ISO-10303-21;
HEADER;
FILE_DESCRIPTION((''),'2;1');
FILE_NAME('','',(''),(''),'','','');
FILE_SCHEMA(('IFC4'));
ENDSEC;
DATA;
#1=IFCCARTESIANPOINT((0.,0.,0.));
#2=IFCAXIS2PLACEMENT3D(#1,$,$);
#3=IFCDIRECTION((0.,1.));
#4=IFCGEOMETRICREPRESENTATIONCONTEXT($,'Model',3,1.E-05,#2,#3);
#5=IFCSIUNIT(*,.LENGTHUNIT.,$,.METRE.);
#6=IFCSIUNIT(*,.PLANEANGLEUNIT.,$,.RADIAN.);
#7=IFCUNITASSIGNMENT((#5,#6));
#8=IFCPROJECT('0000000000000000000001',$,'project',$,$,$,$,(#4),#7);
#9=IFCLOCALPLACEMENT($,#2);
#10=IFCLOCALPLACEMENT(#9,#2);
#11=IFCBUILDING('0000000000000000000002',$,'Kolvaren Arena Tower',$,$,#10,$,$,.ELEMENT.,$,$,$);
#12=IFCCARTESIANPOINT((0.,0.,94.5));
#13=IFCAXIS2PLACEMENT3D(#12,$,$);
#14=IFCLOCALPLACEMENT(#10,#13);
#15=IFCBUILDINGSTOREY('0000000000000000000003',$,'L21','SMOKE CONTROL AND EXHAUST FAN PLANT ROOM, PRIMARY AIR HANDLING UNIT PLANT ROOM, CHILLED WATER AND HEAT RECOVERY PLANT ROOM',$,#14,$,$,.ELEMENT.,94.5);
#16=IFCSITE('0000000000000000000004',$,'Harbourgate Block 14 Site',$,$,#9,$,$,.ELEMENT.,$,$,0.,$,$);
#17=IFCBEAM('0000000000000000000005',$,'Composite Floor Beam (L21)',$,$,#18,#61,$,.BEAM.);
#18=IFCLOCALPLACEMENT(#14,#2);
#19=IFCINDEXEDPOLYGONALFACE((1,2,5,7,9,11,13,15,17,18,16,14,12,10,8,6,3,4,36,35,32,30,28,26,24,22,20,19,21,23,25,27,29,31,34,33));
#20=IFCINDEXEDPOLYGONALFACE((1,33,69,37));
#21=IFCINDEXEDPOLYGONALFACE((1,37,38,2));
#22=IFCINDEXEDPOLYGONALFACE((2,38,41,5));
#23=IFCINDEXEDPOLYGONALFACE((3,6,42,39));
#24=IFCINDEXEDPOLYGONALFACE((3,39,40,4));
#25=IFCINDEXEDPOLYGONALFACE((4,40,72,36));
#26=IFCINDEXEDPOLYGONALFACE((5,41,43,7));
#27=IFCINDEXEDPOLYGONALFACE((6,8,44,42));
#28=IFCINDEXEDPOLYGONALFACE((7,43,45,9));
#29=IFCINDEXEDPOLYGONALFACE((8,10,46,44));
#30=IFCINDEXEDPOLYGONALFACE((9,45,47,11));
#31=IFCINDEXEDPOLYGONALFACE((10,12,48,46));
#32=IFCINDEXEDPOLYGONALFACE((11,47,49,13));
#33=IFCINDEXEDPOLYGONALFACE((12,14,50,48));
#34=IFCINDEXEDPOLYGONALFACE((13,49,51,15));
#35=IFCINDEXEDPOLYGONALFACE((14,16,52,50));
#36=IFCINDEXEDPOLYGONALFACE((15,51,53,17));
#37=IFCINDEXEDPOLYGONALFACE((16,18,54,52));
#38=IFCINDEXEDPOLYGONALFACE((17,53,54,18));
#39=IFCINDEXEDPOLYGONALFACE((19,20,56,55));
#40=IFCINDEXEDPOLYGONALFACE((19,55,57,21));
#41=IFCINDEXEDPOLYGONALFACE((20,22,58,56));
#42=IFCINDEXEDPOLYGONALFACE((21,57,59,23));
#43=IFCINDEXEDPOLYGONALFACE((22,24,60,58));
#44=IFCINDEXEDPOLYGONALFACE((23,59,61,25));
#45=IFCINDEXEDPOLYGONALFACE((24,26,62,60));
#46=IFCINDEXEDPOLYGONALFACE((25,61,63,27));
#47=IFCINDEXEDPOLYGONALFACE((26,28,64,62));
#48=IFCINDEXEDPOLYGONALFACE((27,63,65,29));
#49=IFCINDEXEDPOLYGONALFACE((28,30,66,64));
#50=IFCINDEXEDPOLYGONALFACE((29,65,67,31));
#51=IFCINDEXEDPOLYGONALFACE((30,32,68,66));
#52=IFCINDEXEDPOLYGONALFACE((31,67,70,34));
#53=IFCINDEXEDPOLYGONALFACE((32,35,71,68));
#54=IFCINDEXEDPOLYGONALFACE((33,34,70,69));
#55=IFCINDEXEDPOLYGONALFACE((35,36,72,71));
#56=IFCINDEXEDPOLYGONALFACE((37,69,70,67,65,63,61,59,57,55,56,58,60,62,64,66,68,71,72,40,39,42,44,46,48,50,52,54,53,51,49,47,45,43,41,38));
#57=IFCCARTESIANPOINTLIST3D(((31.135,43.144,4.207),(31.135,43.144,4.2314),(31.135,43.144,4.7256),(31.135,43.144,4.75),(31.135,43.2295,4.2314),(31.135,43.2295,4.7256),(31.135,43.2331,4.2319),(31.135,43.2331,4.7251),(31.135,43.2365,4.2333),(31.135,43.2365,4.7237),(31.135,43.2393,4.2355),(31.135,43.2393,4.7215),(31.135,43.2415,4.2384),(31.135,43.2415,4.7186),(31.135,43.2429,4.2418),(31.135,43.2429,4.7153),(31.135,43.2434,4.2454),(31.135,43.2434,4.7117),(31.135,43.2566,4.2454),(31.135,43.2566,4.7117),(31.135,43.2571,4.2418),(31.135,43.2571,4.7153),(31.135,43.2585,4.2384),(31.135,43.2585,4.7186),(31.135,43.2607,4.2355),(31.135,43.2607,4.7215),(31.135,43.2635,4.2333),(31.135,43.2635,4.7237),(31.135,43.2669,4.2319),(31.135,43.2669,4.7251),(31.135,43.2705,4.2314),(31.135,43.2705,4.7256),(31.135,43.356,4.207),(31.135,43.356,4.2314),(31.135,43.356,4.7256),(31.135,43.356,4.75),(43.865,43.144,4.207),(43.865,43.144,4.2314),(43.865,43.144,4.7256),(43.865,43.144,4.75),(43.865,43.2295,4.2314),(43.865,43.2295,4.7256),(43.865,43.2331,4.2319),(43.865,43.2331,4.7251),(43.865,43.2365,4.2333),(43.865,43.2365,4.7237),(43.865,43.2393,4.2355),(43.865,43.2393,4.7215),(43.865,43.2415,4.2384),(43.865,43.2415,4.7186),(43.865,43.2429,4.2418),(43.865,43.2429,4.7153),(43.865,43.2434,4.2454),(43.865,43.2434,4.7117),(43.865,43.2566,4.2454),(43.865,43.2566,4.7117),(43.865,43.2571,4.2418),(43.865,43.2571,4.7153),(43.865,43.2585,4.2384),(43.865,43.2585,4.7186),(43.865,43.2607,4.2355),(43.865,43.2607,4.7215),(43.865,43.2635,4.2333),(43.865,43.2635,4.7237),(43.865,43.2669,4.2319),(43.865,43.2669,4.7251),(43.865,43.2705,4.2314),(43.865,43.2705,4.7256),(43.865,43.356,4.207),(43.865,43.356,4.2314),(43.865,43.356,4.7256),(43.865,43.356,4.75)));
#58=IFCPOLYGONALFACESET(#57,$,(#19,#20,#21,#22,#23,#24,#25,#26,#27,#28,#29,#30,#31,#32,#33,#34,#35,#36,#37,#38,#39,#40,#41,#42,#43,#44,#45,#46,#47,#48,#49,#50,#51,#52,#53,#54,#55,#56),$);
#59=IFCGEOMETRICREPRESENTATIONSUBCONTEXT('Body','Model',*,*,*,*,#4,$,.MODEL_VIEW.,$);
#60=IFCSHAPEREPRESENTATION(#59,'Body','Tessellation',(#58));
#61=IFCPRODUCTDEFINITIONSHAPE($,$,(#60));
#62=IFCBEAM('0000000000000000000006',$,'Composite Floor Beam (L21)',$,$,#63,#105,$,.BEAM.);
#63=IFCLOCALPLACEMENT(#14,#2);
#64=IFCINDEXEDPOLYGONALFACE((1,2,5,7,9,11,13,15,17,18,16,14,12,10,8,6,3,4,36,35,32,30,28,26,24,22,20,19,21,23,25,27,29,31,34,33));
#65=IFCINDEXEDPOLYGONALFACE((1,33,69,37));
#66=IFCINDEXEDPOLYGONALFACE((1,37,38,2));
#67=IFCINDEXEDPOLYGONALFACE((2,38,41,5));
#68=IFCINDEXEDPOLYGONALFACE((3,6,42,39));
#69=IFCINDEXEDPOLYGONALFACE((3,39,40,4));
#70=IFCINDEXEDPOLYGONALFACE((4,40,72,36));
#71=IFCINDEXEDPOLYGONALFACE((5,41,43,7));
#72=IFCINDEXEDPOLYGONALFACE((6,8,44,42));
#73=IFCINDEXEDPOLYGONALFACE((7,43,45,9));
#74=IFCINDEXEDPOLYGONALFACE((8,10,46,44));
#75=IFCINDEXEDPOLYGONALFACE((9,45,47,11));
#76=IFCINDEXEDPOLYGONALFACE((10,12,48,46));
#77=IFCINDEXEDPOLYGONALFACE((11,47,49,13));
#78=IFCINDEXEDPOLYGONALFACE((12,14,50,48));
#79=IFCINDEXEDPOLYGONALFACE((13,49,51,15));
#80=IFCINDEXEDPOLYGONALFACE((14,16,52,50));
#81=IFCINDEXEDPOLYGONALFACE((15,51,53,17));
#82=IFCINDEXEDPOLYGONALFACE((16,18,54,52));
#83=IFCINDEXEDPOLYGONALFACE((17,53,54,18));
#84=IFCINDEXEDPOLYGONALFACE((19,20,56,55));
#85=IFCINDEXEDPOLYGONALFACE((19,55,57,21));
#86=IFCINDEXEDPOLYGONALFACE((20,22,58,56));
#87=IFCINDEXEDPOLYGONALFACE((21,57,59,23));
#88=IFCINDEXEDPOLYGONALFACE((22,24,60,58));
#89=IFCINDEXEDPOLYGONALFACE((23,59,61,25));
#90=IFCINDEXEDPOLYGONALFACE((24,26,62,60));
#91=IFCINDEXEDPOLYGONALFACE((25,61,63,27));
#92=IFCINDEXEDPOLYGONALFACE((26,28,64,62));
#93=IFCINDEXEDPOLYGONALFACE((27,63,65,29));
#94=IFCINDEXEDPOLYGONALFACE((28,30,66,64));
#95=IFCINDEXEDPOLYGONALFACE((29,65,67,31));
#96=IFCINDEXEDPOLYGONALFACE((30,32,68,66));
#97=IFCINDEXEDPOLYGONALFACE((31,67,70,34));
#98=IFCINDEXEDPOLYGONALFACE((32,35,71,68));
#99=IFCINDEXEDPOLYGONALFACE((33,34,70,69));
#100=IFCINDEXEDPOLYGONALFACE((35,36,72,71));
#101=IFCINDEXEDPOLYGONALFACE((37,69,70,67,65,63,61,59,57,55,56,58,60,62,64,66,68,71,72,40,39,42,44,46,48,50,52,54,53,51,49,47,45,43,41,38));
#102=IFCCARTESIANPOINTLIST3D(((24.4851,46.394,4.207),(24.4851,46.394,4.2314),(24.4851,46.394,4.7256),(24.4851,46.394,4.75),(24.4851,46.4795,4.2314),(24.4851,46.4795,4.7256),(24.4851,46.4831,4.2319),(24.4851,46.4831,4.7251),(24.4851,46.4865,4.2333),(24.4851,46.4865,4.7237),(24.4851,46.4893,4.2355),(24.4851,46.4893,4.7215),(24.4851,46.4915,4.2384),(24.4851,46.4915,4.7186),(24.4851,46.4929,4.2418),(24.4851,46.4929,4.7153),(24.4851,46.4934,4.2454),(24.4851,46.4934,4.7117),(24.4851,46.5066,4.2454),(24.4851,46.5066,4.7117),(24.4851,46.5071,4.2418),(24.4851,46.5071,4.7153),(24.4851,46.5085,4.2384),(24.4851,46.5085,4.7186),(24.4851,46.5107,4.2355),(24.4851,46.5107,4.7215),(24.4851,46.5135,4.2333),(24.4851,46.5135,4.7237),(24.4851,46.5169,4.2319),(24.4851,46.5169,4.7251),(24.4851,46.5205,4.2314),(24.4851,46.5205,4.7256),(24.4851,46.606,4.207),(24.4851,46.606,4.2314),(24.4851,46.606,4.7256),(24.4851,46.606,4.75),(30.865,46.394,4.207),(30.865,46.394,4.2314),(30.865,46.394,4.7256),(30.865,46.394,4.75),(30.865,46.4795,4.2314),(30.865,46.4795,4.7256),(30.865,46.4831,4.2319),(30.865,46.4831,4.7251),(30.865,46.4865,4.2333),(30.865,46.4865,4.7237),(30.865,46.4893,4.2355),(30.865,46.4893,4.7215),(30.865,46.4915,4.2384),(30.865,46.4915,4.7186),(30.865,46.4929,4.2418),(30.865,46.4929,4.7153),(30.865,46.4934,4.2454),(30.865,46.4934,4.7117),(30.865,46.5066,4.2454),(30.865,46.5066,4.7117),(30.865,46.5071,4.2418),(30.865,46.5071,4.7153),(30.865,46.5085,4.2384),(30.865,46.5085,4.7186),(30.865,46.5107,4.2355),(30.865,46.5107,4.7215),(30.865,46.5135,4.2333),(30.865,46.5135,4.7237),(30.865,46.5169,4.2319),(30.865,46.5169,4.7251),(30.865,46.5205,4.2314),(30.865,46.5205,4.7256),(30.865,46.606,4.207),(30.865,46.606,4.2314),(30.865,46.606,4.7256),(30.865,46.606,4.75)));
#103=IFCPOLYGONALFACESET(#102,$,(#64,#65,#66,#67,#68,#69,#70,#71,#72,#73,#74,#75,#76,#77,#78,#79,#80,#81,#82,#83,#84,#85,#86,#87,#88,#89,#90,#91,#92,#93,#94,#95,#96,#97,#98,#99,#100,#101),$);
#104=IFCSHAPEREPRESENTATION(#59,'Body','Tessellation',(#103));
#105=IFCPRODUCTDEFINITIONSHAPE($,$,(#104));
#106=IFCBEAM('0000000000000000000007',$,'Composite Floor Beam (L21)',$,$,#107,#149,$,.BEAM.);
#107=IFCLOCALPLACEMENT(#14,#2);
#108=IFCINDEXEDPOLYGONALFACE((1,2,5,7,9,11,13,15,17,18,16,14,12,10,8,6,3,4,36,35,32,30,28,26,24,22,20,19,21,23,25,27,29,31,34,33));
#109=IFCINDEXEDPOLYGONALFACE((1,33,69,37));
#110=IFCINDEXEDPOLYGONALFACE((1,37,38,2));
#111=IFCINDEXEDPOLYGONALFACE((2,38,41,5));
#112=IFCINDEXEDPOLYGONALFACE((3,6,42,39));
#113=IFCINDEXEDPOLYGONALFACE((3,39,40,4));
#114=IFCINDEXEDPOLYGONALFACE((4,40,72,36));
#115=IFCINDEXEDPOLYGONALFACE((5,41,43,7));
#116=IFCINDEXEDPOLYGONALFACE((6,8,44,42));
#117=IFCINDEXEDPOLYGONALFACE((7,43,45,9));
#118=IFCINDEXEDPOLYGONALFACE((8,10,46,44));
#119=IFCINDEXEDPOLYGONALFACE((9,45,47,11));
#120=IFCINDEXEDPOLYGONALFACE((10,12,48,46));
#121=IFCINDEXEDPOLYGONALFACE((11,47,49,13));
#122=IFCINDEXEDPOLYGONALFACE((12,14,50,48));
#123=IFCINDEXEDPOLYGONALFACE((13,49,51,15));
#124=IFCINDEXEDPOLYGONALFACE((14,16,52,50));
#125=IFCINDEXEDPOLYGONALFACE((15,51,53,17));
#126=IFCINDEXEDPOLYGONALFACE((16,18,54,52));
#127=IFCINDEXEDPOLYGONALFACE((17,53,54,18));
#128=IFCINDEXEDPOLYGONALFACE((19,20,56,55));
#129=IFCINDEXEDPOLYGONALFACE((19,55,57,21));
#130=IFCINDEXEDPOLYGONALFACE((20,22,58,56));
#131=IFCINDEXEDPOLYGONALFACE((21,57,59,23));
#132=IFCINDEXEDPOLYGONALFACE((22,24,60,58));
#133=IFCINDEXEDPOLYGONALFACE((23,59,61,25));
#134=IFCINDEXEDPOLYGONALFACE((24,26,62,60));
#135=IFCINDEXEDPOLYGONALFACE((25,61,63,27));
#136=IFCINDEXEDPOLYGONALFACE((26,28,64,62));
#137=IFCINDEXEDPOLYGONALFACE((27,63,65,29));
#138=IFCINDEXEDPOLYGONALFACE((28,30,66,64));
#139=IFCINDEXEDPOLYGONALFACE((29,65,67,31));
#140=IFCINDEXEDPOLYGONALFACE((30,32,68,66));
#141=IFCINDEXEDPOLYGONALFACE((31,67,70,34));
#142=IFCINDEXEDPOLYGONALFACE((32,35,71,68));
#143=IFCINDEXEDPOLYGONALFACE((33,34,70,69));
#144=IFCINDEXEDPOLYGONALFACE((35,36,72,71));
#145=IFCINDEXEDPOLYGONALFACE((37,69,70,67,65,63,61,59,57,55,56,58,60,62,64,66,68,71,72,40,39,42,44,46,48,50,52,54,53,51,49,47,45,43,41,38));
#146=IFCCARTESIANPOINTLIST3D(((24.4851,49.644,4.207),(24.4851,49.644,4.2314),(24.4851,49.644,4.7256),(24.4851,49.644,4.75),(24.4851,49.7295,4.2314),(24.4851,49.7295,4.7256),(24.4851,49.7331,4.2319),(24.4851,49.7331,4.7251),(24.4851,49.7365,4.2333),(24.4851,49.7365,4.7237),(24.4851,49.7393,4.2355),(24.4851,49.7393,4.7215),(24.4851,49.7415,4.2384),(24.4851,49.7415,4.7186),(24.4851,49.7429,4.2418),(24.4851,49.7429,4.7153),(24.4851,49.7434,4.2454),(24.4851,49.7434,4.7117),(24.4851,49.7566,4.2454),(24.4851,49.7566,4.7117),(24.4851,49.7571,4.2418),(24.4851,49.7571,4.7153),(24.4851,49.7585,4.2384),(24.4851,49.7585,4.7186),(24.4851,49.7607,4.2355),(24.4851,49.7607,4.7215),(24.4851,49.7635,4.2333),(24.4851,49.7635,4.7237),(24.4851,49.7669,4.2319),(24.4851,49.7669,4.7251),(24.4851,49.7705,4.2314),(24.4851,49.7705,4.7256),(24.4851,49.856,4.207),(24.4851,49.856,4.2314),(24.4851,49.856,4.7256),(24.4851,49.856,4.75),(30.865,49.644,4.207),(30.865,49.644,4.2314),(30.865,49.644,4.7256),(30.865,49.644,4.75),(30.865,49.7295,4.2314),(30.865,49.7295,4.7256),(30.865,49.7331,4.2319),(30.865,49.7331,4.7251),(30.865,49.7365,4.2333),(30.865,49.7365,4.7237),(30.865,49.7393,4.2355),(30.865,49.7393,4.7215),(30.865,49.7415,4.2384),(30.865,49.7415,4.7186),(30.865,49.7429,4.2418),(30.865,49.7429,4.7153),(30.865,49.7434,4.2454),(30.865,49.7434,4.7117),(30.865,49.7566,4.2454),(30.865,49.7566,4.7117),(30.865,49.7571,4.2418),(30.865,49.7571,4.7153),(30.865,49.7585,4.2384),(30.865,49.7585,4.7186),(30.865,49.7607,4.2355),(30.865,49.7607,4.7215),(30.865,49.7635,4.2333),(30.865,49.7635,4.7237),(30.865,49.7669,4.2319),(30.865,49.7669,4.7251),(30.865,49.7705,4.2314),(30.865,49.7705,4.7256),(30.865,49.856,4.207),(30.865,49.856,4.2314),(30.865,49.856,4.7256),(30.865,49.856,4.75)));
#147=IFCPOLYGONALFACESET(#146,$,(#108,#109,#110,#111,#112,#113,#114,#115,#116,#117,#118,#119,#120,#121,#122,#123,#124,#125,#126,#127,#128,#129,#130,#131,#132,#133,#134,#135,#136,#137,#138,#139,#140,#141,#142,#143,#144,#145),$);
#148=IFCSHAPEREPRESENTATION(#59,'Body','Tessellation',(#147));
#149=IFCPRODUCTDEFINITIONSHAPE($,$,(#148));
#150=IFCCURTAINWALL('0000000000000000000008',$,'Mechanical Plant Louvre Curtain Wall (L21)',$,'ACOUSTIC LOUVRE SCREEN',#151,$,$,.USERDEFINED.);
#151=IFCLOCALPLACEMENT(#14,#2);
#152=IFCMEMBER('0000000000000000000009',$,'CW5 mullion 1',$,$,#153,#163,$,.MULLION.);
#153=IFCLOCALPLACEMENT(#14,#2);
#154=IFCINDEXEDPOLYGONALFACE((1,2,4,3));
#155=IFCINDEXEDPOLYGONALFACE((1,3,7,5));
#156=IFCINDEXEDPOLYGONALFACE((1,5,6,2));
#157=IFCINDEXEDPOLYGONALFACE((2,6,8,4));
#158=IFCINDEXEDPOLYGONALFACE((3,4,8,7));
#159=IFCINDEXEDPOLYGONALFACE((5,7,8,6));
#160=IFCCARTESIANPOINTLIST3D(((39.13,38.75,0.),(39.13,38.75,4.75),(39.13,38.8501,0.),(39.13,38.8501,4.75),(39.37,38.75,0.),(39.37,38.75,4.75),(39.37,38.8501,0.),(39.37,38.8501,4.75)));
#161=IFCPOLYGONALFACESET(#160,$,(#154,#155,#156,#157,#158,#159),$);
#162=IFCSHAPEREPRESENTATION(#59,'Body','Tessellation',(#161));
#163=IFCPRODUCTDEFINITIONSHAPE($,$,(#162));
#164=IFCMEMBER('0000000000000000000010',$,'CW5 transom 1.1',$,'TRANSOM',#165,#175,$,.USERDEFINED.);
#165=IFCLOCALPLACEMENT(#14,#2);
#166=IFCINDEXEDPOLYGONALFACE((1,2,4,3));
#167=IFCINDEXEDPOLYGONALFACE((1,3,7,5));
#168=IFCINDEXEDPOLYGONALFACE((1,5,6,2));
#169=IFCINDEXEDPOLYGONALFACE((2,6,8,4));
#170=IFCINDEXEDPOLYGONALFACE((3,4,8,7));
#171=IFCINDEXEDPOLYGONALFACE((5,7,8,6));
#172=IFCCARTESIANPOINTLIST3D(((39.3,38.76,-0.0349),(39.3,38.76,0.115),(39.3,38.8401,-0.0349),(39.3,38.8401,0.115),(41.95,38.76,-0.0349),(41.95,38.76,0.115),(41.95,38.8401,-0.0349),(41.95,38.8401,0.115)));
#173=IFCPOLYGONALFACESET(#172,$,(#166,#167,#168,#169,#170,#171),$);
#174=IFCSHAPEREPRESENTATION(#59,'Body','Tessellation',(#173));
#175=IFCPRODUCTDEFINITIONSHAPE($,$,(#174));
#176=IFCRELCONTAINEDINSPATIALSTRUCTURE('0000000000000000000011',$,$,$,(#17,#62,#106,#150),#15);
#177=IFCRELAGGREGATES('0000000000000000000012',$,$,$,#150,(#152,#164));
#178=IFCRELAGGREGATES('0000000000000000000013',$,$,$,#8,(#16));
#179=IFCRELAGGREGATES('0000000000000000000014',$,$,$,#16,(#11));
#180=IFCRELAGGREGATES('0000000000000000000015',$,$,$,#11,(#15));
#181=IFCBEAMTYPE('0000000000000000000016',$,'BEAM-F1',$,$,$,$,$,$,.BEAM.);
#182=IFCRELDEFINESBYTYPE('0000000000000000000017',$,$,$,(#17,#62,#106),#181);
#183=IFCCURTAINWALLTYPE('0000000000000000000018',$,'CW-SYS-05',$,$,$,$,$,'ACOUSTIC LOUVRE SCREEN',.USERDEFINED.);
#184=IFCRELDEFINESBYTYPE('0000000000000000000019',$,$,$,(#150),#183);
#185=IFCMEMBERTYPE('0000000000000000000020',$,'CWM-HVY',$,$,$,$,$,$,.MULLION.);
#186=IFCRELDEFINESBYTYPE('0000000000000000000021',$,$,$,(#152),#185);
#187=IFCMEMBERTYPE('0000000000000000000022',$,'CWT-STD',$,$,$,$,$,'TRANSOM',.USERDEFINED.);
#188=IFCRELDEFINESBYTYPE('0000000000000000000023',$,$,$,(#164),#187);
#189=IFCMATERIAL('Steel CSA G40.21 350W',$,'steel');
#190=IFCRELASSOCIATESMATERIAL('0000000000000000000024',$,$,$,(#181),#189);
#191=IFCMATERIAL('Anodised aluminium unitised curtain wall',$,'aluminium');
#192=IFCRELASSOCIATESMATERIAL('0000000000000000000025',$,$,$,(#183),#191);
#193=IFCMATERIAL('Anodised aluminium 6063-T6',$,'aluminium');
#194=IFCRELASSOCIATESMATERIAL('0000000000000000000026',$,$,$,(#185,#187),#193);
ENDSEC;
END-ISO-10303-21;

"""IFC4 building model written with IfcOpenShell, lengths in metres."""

from ifc_helpers import new_model, si_unit, direction, frame, origin, origin_2d, place, context, subcontext, project, spatial, rectangle, i_section, extrude, material, material_profile, profile_set, type_object, element, aggregate, save


model = new_model("IFC4")

# Units and contexts
model_context = context("Model", 3, precision=1e-05, world=origin(), true_north=direction((0.0, 1.0)))
body_context = subcontext(model_context, "Body", "Model", "MODEL_VIEW")
ifc_project = project(units=[si_unit("LENGTHUNIT", "METRE"), si_unit("PLANEANGLEUNIT", "RADIAN")], contexts=[model_context])

# Site, building, storey
site_placement = place(None, origin())
site = spatial("IfcSite", under=ifc_project, at=site_placement, Name="Harbourgate Block 14 Site", CompositionType="ELEMENT", RefElevation=0.0)
building_placement = place(site_placement, origin())
building = spatial("IfcBuilding", under=site, at=building_placement, Name="Kolvaren Arena Tower", CompositionType="ELEMENT")
storey_placement = place(building_placement, frame((0.0, 0.0, 94.5)))
storey = spatial("IfcBuildingStorey", under=building, at=storey_placement, Name="L21", Description="SMOKE CONTROL AND EXHAUST FAN PLANT ROOM, PRIMARY AIR HANDLING UNIT PLANT ROOM, CHILLED WATER AND HEAT RECOVERY PLANT ROOM", CompositionType="ELEMENT", Elevation=94.5)

# Beams
ifc_material_1 = material(Name="Steel CSA G40.21 350W", Category="steel")
ifc_material_profile_1 = material_profile(ifc_material_1, i_section(OverallWidth=0.2119, OverallDepth=0.543, WebThickness=0.0132, FlangeThickness=0.0244, FilletRadius=0.0139, at=origin_2d()), Name="W530x150")
ifc_profile_set_1 = profile_set([ifc_material_profile_1], Name="Steel CSA G40.21 350W")
beam_type_1 = type_object("IfcBeamType", Name="BEAM-F1", PredefinedType="BEAM", material=ifc_profile_set_1)
beam_1_placement = place(storey_placement, frame((31.135, 43.25, 4.4785), z_axis=(1.0, 0.0, 0.0), x_axis=(0.0, 1.0, 0.0)))
element("IfcBeam", 1, at=beam_1_placement, inside=storey, type_object=beam_type_1, Name="Composite Floor Beam (L21)", PredefinedType="BEAM", context=body_context, shape_type="SweptSolid", body=[
    extrude(i_section(OverallWidth=0.2119, OverallDepth=0.543, WebThickness=0.0132, FlangeThickness=0.0244, FilletRadius=0.0139, at=origin_2d()), origin(), (0.0, 0.0, 1.0), 12.73),
])
for number, where, z_axis, x_axis, name in (
    (2, (24.4851, 46.5, 4.4785), (1.0, 0.0, 0.0), (0.0, 1.0, 0.0), "Composite Floor Beam (L21)"),
    (3, (24.4851, 49.75, 4.4785), (1.0, 0.0, 0.0), (0.0, 1.0, 0.0), "Composite Floor Beam (L21)"),
):
    element("IfcBeam", number, at=place(storey_placement, frame(where, z_axis=z_axis, x_axis=x_axis)), inside=storey, type_object=beam_type_1, Name=name, PredefinedType="BEAM", context=body_context, shape_type="SweptSolid", body=[
        extrude(i_section(OverallWidth=0.2119, OverallDepth=0.543, WebThickness=0.0132, FlangeThickness=0.0244, FilletRadius=0.0139, at=origin_2d()), origin(), (0.0, 0.0, 1.0), 6.3799),
    ])

# Curtain wall, members
ifc_material_2 = material(Name="Anodised aluminium unitised curtain wall", Category="aluminium")
curtain_wall_type = type_object("IfcCurtainWallType", Name="CW-SYS-05", ElementType="ACOUSTIC LOUVRE SCREEN", PredefinedType="USERDEFINED", material=ifc_material_2)
curtain_wall_placement = place(storey_placement, origin())
curtain_wall = element("IfcCurtainWall", 4, at=curtain_wall_placement, inside=storey, type_object=curtain_wall_type, Name="Mechanical Plant Louvre Curtain Wall (L21)", ObjectType="ACOUSTIC LOUVRE SCREEN", PredefinedType="USERDEFINED")
ifc_material_3 = material(Name="Anodised aluminium 6063-T6", Category="aluminium")
ifc_material_profile_2 = material_profile(ifc_material_3, rectangle(XDim=0.1001, YDim=0.24, at=origin_2d()), Name="ALU-100x240")
ifc_profile_set_2 = profile_set([ifc_material_profile_2], Name="Anodised aluminium 6063-T6")
member_type_1 = type_object("IfcMemberType", Name="CWM-HVY", PredefinedType="MULLION", material=ifc_profile_set_2)
member_1_placement = place(storey_placement, frame((39.25, 38.8, 0.0), z_axis=(0.0, 0.0, 1.0), x_axis=(0.0, 1.0, 0.0)))
member_1 = element("IfcMember", 5, at=member_1_placement, type_object=member_type_1, Name="CW5 mullion 1", PredefinedType="MULLION", context=body_context, shape_type="SweptSolid", body=[
    extrude(rectangle(XDim=0.1001, YDim=0.24, at=origin_2d()), origin(), (0.0, 0.0, 1.0), 4.75),
])
ifc_material_profile_3 = material_profile(ifc_material_3, rectangle(XDim=0.0801, YDim=0.1499, at=origin_2d()), Name="ALU-80x150")
ifc_profile_set_3 = profile_set([ifc_material_profile_3], Name="Anodised aluminium 6063-T6")
member_type_2 = type_object("IfcMemberType", Name="CWT-STD", ElementType="TRANSOM", PredefinedType="USERDEFINED", material=ifc_profile_set_3)
member_2_placement = place(storey_placement, frame((39.3, 38.8, 0.04), z_axis=(1.0, 0.0, 0.0), x_axis=(0.0, 1.0, 0.0)))
member_2 = element("IfcMember", 6, at=member_2_placement, type_object=member_type_2, Name="CW5 transom 1.1", ObjectType="TRANSOM", PredefinedType="USERDEFINED", context=body_context, shape_type="SweptSolid", body=[
    extrude(rectangle(XDim=0.0801, YDim=0.1499, at=origin_2d()), origin(), (0.0, 0.0, 1.0), 2.6499),
])
aggregate(curtain_wall, [member_1, member_2])

save(model, "model.ifc")
